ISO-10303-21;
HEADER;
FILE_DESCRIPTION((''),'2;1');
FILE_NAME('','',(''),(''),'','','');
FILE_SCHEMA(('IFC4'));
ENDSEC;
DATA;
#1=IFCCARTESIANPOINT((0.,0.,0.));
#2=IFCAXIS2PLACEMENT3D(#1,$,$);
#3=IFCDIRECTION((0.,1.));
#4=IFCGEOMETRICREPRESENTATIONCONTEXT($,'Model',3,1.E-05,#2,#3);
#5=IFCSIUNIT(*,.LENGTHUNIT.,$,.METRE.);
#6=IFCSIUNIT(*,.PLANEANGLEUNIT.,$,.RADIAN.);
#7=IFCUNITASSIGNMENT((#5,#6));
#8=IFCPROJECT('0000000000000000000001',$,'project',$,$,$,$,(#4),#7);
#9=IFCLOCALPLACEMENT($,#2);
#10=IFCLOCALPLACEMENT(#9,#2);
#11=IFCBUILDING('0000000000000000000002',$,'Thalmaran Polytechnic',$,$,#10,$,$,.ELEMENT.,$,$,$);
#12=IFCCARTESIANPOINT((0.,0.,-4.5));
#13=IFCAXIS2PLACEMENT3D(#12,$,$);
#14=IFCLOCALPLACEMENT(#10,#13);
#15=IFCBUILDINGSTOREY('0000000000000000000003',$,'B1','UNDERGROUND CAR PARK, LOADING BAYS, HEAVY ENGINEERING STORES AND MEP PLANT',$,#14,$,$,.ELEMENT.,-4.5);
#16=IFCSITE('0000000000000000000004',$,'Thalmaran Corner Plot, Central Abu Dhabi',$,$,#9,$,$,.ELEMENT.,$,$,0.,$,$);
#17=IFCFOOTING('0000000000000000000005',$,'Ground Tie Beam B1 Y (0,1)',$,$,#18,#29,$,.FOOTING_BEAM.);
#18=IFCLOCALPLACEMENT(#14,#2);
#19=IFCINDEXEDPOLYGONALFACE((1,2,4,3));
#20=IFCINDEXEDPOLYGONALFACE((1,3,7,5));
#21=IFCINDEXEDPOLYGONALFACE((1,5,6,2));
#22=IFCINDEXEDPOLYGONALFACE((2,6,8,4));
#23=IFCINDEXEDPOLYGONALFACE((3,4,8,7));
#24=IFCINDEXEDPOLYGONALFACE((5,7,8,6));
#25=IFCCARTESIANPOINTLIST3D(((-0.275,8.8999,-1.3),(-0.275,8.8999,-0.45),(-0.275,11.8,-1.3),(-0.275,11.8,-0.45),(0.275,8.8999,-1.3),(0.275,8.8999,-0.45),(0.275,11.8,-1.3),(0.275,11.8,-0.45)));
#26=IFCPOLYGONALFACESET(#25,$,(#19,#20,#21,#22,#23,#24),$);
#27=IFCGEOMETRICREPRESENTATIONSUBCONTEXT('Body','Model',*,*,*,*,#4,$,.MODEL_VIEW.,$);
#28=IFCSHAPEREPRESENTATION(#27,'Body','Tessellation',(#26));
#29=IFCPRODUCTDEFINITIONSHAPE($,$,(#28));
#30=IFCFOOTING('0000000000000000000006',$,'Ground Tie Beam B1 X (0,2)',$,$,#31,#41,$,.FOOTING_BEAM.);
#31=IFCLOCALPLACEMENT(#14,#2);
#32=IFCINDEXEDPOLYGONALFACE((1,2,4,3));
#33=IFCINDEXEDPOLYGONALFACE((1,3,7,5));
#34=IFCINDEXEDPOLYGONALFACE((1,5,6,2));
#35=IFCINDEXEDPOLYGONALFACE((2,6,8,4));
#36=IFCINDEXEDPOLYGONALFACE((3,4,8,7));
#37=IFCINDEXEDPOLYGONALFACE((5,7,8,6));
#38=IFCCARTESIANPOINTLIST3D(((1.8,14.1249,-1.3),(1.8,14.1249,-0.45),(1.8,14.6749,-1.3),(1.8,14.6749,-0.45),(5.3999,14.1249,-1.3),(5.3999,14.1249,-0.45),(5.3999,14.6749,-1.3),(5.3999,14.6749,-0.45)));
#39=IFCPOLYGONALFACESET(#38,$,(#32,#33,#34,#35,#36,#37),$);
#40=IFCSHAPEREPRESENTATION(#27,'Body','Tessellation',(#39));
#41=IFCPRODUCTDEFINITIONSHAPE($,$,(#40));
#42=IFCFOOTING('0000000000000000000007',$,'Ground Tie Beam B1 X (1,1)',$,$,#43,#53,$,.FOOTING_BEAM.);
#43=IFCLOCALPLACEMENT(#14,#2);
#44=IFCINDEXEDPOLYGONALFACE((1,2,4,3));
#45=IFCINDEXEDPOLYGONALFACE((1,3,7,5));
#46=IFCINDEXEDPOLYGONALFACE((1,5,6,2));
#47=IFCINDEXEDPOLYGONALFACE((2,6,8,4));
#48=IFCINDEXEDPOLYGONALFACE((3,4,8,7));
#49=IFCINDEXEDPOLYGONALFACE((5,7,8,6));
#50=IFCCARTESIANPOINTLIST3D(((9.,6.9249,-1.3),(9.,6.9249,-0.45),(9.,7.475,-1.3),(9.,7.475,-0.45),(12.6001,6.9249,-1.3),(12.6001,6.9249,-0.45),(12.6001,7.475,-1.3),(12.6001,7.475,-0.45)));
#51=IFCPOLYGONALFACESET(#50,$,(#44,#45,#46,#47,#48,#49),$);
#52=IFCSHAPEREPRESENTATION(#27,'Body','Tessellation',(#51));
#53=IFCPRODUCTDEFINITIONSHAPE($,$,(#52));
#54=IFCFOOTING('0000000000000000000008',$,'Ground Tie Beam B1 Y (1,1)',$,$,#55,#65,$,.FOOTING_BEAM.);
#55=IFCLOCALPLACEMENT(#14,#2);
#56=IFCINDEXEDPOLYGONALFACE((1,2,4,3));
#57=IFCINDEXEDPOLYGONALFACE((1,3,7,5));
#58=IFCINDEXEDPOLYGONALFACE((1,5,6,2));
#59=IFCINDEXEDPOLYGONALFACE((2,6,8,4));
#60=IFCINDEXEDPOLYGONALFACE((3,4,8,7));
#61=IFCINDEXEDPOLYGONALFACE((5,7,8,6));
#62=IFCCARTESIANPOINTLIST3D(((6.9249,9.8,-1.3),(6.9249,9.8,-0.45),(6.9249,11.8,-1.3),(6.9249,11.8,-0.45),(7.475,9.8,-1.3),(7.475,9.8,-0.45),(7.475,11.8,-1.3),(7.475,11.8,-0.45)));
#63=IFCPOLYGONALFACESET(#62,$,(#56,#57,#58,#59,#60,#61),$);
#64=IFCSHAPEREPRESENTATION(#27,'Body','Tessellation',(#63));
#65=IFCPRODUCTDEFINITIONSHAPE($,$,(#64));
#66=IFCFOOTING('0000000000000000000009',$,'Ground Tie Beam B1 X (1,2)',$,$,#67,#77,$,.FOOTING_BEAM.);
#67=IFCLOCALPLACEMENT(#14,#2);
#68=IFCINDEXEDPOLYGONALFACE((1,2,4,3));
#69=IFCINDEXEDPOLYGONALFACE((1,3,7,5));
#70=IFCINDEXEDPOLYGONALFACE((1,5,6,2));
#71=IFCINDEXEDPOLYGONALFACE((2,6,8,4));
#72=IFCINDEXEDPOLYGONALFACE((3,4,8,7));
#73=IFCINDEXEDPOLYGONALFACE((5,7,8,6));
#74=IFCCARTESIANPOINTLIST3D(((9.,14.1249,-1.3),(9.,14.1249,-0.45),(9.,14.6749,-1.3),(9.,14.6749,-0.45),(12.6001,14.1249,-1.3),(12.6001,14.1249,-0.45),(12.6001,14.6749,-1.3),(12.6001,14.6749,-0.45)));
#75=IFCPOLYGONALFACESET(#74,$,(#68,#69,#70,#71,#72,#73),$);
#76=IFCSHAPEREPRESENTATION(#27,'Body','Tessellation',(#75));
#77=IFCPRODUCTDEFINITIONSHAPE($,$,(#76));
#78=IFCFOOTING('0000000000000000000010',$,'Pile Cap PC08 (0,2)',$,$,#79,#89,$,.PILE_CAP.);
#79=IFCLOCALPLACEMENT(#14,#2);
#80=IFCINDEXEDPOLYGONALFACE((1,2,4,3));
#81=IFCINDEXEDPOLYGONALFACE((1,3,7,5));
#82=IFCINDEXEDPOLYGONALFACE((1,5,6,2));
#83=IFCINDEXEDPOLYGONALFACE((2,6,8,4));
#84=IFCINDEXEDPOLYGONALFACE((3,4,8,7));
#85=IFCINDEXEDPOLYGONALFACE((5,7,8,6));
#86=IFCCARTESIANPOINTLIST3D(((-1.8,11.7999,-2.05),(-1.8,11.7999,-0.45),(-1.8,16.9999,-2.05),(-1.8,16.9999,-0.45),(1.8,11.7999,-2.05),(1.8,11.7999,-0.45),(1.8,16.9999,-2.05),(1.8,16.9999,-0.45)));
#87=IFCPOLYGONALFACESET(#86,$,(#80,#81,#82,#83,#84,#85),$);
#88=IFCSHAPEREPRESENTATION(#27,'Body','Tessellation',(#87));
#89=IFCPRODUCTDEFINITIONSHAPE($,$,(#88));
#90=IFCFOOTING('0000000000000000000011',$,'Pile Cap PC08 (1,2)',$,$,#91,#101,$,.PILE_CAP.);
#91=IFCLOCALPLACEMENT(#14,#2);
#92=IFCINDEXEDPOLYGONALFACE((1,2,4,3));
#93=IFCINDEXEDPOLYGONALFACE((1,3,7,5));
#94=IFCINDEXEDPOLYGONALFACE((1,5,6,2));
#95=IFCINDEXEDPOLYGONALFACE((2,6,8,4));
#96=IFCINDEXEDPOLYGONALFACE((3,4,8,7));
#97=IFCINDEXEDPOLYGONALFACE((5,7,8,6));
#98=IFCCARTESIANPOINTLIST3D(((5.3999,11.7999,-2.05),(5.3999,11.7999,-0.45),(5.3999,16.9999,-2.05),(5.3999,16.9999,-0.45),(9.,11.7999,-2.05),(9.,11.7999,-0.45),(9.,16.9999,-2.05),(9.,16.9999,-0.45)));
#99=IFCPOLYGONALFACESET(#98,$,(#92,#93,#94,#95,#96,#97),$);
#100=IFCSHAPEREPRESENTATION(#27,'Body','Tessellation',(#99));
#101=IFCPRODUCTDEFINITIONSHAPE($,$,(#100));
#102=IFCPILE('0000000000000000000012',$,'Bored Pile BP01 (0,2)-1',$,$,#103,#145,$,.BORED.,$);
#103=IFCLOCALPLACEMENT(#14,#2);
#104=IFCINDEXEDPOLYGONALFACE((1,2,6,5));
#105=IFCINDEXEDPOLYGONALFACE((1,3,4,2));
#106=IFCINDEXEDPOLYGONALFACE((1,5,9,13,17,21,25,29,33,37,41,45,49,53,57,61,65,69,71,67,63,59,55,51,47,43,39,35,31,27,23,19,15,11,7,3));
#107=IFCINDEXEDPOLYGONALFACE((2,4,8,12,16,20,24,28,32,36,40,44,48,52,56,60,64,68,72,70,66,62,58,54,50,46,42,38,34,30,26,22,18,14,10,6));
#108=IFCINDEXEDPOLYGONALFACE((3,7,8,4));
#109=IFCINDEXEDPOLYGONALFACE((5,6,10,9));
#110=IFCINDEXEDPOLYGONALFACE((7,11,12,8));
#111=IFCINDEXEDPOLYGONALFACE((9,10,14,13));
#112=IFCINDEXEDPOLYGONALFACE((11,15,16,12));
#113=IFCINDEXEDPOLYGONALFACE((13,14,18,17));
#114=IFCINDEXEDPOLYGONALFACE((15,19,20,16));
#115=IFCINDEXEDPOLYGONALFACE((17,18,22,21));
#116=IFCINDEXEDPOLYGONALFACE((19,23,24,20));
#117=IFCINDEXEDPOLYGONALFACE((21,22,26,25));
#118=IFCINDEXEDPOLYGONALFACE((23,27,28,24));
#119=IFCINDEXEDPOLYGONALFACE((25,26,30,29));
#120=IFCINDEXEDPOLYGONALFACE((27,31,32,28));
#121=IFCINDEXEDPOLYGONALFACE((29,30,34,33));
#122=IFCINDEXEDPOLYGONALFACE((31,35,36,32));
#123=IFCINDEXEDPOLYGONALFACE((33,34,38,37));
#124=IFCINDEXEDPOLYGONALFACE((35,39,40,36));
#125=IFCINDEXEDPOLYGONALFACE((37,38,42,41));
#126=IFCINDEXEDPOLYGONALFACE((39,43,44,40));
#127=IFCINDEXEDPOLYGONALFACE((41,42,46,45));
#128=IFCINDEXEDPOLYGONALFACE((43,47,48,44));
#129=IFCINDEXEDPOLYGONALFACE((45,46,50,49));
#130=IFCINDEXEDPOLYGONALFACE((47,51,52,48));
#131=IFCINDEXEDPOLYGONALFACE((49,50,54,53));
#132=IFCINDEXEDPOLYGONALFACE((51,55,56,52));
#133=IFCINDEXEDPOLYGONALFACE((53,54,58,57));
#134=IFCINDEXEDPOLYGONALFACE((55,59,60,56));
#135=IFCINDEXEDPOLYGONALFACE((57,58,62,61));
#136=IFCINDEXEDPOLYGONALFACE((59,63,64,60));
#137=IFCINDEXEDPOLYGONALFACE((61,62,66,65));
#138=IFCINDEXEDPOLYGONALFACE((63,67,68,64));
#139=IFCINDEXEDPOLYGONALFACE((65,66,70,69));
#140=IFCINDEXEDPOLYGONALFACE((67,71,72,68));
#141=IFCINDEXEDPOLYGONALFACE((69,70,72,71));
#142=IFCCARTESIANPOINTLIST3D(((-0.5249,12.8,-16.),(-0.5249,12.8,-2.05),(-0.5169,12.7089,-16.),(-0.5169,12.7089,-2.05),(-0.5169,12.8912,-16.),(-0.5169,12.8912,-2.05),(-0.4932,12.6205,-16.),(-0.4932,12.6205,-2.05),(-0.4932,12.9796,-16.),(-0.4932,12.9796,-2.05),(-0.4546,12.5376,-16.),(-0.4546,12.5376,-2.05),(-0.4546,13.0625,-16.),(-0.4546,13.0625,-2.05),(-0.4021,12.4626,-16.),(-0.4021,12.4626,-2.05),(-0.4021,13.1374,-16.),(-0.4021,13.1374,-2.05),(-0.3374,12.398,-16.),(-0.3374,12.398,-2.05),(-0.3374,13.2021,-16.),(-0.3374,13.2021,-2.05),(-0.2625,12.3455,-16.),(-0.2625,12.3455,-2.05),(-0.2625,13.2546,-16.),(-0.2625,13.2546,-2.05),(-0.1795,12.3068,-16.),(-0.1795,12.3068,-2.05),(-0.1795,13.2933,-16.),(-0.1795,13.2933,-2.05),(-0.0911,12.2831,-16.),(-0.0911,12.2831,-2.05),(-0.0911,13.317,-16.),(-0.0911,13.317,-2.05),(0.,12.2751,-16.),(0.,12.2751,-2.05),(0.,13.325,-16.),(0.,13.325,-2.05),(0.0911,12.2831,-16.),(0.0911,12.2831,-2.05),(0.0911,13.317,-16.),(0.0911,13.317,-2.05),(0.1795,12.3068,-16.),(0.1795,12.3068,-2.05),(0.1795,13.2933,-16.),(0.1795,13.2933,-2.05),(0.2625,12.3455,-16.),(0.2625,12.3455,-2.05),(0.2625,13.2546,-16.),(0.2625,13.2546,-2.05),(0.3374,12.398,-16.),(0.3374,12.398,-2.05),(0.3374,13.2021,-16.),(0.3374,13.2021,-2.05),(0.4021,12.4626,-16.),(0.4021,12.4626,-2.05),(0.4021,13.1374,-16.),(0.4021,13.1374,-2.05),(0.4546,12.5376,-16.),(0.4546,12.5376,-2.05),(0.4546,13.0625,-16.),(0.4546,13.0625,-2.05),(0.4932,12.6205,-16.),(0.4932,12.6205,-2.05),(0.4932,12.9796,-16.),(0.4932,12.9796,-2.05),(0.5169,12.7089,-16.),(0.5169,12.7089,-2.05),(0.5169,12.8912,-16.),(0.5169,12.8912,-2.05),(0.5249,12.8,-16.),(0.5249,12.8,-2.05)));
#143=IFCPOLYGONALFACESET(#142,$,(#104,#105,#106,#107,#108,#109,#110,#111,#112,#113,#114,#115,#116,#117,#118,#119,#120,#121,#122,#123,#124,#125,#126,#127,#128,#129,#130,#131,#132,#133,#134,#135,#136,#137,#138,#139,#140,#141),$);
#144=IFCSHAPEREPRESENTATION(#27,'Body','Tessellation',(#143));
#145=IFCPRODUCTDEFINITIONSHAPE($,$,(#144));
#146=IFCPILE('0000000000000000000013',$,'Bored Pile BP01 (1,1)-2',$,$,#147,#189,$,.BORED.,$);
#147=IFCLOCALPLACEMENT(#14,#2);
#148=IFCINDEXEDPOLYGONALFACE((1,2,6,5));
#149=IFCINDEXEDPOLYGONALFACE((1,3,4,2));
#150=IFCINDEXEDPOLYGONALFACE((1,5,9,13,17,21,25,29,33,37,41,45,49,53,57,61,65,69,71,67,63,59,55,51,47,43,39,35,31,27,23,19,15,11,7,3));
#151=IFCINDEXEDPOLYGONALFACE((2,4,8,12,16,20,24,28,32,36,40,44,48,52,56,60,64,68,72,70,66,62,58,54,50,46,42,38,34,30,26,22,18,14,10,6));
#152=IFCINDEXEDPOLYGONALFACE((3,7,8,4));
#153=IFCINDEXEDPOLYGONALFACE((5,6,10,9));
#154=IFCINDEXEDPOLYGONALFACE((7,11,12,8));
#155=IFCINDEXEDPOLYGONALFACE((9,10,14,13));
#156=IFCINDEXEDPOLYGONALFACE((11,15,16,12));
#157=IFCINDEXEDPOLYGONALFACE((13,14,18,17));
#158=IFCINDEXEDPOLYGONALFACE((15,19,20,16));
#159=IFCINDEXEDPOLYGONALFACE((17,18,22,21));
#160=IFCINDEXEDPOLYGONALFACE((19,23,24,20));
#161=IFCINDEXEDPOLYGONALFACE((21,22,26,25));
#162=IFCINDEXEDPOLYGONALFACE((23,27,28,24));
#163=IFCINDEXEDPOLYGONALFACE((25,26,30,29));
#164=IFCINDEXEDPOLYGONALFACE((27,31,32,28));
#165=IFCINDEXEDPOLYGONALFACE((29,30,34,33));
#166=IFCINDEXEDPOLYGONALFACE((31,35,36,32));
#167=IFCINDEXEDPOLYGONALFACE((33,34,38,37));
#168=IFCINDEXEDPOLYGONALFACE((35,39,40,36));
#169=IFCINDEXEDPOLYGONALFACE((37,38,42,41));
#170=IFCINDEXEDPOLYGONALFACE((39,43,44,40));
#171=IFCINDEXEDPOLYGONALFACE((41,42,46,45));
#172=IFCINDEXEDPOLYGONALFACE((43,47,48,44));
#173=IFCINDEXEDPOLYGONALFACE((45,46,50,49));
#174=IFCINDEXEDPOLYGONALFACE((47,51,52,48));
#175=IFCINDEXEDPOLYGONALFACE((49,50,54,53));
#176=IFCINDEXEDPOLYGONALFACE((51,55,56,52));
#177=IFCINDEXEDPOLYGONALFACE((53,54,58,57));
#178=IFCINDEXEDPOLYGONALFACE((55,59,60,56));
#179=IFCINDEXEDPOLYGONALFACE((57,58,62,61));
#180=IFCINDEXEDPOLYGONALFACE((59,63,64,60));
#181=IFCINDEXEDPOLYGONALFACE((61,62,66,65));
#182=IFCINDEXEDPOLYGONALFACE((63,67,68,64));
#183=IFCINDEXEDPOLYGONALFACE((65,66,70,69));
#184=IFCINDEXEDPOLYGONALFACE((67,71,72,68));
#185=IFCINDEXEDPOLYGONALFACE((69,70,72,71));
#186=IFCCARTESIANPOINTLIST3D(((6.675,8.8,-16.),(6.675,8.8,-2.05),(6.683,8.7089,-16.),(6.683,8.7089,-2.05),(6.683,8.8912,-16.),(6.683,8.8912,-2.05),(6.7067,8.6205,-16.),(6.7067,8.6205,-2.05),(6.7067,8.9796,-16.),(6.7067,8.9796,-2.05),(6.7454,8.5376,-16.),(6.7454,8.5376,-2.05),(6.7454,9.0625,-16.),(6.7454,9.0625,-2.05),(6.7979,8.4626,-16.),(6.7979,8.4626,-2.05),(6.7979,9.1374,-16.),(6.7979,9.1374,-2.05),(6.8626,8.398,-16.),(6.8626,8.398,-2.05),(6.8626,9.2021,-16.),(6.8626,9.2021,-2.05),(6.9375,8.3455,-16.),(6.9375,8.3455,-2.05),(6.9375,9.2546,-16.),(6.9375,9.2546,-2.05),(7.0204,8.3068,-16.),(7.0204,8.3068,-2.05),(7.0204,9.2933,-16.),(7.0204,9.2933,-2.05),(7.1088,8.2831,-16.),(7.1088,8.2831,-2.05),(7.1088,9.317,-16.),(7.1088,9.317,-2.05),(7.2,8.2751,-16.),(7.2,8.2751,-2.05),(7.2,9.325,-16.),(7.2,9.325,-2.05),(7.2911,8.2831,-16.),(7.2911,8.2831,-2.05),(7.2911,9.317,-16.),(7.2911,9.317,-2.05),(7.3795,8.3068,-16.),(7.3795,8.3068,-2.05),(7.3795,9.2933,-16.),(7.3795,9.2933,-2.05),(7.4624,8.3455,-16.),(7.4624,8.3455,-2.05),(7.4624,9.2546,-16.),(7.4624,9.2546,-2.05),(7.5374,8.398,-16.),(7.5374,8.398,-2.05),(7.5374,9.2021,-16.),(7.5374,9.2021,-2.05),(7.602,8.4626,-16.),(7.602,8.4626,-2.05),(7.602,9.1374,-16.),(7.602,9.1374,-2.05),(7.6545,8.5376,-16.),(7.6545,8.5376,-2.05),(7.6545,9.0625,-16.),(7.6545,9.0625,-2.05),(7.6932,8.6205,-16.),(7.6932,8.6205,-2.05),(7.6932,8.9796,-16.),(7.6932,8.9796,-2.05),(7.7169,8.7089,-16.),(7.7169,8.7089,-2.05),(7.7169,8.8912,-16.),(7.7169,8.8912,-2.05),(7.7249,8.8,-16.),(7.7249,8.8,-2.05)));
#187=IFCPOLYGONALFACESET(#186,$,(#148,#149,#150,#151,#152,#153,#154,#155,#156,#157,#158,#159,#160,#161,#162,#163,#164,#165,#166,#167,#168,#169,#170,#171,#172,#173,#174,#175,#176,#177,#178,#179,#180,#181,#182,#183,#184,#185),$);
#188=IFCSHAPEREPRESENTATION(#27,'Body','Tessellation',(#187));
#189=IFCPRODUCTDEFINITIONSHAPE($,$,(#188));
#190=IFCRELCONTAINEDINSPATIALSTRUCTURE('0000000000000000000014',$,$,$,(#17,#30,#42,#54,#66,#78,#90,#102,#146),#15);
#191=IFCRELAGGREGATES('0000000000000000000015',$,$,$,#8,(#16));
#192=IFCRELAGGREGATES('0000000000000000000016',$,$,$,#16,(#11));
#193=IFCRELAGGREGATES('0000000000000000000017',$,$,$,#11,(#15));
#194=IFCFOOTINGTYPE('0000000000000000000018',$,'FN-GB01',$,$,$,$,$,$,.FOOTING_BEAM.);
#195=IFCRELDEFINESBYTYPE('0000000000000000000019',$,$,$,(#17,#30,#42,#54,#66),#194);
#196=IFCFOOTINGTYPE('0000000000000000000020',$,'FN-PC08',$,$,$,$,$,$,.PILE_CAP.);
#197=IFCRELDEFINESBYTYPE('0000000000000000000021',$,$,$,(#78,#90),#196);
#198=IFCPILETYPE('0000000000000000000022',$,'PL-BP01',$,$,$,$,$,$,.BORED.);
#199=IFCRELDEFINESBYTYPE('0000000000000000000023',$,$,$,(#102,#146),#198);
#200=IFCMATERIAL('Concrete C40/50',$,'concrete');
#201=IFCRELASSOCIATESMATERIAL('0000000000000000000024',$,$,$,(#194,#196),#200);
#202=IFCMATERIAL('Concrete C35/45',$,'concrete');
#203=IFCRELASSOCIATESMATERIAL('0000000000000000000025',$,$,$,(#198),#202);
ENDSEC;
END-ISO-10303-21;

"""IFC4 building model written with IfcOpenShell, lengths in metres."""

from ifc_helpers import new_model, si_unit, direction, frame, origin, origin_2d, place, context, subcontext, project, spatial, rectangle, circle, extrude, material, material_profile, profile_set, type_object, element, save


model = new_model("IFC4")

# Units and contexts
model_context = context("Model", 3, precision=1e-05, world=origin(), true_north=direction((0.0, 1.0)))
body_context = subcontext(model_context, "Body", "Model", "MODEL_VIEW")
ifc_project = project(units=[si_unit("LENGTHUNIT", "METRE"), si_unit("PLANEANGLEUNIT", "RADIAN")], contexts=[model_context])

# Site, building, storey
site_placement = place(None, origin())
site = spatial("IfcSite", under=ifc_project, at=site_placement, Name="Thalmaran Corner Plot, Central Abu Dhabi", CompositionType="ELEMENT", RefElevation=0.0)
building_placement = place(site_placement, origin())
building = spatial("IfcBuilding", under=site, at=building_placement, Name="Thalmaran Polytechnic", CompositionType="ELEMENT")
storey_placement = place(building_placement, frame((0.0, 0.0, -4.5)))
storey = spatial("IfcBuildingStorey", under=building, at=storey_placement, Name="B1", Description="UNDERGROUND CAR PARK, LOADING BAYS, HEAVY ENGINEERING STORES AND MEP PLANT", CompositionType="ELEMENT", Elevation=-4.5)

# Footings
ifc_material_1 = material(Name="Concrete C40/50", Category="concrete")
ifc_material_profile_1 = material_profile(ifc_material_1, rectangle(XDim=0.55, YDim=0.8501, at=origin_2d()), Name="RC 550x850")
ifc_profile_set_1 = profile_set([ifc_material_profile_1], Name="Concrete C40/50")
footing_type_1 = type_object("IfcFootingType", Name="FN-GB01", PredefinedType="FOOTING_BEAM", material=ifc_profile_set_1)
footing_1_placement = place(storey_placement, frame((0.0, 8.8999, -0.875), z_axis=(0.0, 1.0, 0.0), x_axis=(-1.0, 0.0, 0.0)))
element("IfcFooting", 1, at=footing_1_placement, inside=storey, type_object=footing_type_1, Name="Ground Tie Beam B1 Y (0,1)", PredefinedType="FOOTING_BEAM", context=body_context, shape_type="SweptSolid", body=[
    extrude(rectangle(XDim=0.55, YDim=0.8501, at=origin_2d()), origin(), (0.0, 0.0, 1.0), 2.9001),
])
footing_2_placement = place(storey_placement, frame((1.8, 14.3999, -0.875), z_axis=(1.0, 0.0, 0.0), x_axis=(0.0, 1.0, 0.0)))
element("IfcFooting", 2, at=footing_2_placement, inside=storey, type_object=footing_type_1, Name="Ground Tie Beam B1 X (0,2)", PredefinedType="FOOTING_BEAM", context=body_context, shape_type="SweptSolid", body=[
    extrude(rectangle(XDim=0.55, YDim=0.8501, at=origin_2d()), origin(), (0.0, 0.0, 1.0), 3.5999),
])
footing_3_placement = place(storey_placement, frame((9.0, 7.2, -0.875), z_axis=(1.0, 0.0, 0.0), x_axis=(0.0, 1.0, 0.0)))
element("IfcFooting", 3, at=footing_3_placement, inside=storey, type_object=footing_type_1, Name="Ground Tie Beam B1 X (1,1)", PredefinedType="FOOTING_BEAM", context=body_context, shape_type="SweptSolid", body=[
    extrude(rectangle(XDim=0.55, YDim=0.8501, at=origin_2d()), origin(), (0.0, 0.0, 1.0), 3.6001),
])
footing_4_placement = place(storey_placement, frame((7.2, 9.8, -0.875), z_axis=(0.0, 1.0, 0.0), x_axis=(-1.0, 0.0, 0.0)))
element("IfcFooting", 4, at=footing_4_placement, inside=storey, type_object=footing_type_1, Name="Ground Tie Beam B1 Y (1,1)", PredefinedType="FOOTING_BEAM", context=body_context, shape_type="SweptSolid", body=[
    extrude(rectangle(XDim=0.55, YDim=0.8501, at=origin_2d()), origin(), (0.0, 0.0, 1.0), 2.0),
])
footing_5_placement = place(storey_placement, frame((9.0, 14.3999, -0.875), z_axis=(1.0, 0.0, 0.0), x_axis=(0.0, 1.0, 0.0)))
element("IfcFooting", 5, at=footing_5_placement, inside=storey, type_object=footing_type_1, Name="Ground Tie Beam B1 X (1,2)", PredefinedType="FOOTING_BEAM", context=body_context, shape_type="SweptSolid", body=[
    extrude(rectangle(XDim=0.55, YDim=0.8501, at=origin_2d()), origin(), (0.0, 0.0, 1.0), 3.6001),
])
footing_type_2 = type_object("IfcFootingType", Name="FN-PC08", PredefinedType="PILE_CAP", material=ifc_material_1)
for number, where, z_axis, x_axis, name in (
    (6, (0.0, 14.3999, -2.05), (0.0, 0.0, 1.0), (1.0, 0.0, 0.0), "Pile Cap PC08 (0,2)"),
    (7, (7.2, 14.3999, -2.05), (0.0, 0.0, 1.0), (1.0, 0.0, 0.0), "Pile Cap PC08 (1,2)"),
):
    element("IfcFooting", number, at=place(storey_placement, frame(where, z_axis=z_axis, x_axis=x_axis)), inside=storey, type_object=footing_type_2, Name=name, PredefinedType="PILE_CAP", context=body_context, shape_type="SweptSolid", body=[
        extrude(rectangle(XDim=3.6001, YDim=5.2, at=origin_2d()), origin(), (0.0, 0.0, 1.0), 1.6001),
    ])

# Piles
ifc_material_2 = material(Name="Concrete C35/45", Category="concrete")
ifc_material_profile_2 = material_profile(ifc_material_2, circle(Radius=0.5249, at=origin_2d()), Name="RC 1050 DIA")
ifc_profile_set_2 = profile_set([ifc_material_profile_2], Name="Concrete C35/45")
pile_type = type_object("IfcPileType", Name="PL-BP01", PredefinedType="BORED", material=ifc_profile_set_2)
for number, where, z_axis, x_axis, name in (
    (8, (0.0, 12.8, -2.05), (0.0, 0.0, -1.0), (1.0, 0.0, 0.0), "Bored Pile BP01 (0,2)-1"),
    (9, (7.2, 8.8, -2.05), (0.0, 0.0, -1.0), (1.0, 0.0, 0.0), "Bored Pile BP01 (1,1)-2"),
):
    element("IfcPile", number, at=place(storey_placement, frame(where, z_axis=z_axis, x_axis=x_axis)), inside=storey, type_object=pile_type, Name=name, PredefinedType="BORED", context=body_context, shape_type="SweptSolid", body=[
        extrude(circle(Radius=0.5249, at=origin_2d()), origin(), (0.0, 0.0, 1.0), 13.95),
    ])

save(model, "model.ifc")
